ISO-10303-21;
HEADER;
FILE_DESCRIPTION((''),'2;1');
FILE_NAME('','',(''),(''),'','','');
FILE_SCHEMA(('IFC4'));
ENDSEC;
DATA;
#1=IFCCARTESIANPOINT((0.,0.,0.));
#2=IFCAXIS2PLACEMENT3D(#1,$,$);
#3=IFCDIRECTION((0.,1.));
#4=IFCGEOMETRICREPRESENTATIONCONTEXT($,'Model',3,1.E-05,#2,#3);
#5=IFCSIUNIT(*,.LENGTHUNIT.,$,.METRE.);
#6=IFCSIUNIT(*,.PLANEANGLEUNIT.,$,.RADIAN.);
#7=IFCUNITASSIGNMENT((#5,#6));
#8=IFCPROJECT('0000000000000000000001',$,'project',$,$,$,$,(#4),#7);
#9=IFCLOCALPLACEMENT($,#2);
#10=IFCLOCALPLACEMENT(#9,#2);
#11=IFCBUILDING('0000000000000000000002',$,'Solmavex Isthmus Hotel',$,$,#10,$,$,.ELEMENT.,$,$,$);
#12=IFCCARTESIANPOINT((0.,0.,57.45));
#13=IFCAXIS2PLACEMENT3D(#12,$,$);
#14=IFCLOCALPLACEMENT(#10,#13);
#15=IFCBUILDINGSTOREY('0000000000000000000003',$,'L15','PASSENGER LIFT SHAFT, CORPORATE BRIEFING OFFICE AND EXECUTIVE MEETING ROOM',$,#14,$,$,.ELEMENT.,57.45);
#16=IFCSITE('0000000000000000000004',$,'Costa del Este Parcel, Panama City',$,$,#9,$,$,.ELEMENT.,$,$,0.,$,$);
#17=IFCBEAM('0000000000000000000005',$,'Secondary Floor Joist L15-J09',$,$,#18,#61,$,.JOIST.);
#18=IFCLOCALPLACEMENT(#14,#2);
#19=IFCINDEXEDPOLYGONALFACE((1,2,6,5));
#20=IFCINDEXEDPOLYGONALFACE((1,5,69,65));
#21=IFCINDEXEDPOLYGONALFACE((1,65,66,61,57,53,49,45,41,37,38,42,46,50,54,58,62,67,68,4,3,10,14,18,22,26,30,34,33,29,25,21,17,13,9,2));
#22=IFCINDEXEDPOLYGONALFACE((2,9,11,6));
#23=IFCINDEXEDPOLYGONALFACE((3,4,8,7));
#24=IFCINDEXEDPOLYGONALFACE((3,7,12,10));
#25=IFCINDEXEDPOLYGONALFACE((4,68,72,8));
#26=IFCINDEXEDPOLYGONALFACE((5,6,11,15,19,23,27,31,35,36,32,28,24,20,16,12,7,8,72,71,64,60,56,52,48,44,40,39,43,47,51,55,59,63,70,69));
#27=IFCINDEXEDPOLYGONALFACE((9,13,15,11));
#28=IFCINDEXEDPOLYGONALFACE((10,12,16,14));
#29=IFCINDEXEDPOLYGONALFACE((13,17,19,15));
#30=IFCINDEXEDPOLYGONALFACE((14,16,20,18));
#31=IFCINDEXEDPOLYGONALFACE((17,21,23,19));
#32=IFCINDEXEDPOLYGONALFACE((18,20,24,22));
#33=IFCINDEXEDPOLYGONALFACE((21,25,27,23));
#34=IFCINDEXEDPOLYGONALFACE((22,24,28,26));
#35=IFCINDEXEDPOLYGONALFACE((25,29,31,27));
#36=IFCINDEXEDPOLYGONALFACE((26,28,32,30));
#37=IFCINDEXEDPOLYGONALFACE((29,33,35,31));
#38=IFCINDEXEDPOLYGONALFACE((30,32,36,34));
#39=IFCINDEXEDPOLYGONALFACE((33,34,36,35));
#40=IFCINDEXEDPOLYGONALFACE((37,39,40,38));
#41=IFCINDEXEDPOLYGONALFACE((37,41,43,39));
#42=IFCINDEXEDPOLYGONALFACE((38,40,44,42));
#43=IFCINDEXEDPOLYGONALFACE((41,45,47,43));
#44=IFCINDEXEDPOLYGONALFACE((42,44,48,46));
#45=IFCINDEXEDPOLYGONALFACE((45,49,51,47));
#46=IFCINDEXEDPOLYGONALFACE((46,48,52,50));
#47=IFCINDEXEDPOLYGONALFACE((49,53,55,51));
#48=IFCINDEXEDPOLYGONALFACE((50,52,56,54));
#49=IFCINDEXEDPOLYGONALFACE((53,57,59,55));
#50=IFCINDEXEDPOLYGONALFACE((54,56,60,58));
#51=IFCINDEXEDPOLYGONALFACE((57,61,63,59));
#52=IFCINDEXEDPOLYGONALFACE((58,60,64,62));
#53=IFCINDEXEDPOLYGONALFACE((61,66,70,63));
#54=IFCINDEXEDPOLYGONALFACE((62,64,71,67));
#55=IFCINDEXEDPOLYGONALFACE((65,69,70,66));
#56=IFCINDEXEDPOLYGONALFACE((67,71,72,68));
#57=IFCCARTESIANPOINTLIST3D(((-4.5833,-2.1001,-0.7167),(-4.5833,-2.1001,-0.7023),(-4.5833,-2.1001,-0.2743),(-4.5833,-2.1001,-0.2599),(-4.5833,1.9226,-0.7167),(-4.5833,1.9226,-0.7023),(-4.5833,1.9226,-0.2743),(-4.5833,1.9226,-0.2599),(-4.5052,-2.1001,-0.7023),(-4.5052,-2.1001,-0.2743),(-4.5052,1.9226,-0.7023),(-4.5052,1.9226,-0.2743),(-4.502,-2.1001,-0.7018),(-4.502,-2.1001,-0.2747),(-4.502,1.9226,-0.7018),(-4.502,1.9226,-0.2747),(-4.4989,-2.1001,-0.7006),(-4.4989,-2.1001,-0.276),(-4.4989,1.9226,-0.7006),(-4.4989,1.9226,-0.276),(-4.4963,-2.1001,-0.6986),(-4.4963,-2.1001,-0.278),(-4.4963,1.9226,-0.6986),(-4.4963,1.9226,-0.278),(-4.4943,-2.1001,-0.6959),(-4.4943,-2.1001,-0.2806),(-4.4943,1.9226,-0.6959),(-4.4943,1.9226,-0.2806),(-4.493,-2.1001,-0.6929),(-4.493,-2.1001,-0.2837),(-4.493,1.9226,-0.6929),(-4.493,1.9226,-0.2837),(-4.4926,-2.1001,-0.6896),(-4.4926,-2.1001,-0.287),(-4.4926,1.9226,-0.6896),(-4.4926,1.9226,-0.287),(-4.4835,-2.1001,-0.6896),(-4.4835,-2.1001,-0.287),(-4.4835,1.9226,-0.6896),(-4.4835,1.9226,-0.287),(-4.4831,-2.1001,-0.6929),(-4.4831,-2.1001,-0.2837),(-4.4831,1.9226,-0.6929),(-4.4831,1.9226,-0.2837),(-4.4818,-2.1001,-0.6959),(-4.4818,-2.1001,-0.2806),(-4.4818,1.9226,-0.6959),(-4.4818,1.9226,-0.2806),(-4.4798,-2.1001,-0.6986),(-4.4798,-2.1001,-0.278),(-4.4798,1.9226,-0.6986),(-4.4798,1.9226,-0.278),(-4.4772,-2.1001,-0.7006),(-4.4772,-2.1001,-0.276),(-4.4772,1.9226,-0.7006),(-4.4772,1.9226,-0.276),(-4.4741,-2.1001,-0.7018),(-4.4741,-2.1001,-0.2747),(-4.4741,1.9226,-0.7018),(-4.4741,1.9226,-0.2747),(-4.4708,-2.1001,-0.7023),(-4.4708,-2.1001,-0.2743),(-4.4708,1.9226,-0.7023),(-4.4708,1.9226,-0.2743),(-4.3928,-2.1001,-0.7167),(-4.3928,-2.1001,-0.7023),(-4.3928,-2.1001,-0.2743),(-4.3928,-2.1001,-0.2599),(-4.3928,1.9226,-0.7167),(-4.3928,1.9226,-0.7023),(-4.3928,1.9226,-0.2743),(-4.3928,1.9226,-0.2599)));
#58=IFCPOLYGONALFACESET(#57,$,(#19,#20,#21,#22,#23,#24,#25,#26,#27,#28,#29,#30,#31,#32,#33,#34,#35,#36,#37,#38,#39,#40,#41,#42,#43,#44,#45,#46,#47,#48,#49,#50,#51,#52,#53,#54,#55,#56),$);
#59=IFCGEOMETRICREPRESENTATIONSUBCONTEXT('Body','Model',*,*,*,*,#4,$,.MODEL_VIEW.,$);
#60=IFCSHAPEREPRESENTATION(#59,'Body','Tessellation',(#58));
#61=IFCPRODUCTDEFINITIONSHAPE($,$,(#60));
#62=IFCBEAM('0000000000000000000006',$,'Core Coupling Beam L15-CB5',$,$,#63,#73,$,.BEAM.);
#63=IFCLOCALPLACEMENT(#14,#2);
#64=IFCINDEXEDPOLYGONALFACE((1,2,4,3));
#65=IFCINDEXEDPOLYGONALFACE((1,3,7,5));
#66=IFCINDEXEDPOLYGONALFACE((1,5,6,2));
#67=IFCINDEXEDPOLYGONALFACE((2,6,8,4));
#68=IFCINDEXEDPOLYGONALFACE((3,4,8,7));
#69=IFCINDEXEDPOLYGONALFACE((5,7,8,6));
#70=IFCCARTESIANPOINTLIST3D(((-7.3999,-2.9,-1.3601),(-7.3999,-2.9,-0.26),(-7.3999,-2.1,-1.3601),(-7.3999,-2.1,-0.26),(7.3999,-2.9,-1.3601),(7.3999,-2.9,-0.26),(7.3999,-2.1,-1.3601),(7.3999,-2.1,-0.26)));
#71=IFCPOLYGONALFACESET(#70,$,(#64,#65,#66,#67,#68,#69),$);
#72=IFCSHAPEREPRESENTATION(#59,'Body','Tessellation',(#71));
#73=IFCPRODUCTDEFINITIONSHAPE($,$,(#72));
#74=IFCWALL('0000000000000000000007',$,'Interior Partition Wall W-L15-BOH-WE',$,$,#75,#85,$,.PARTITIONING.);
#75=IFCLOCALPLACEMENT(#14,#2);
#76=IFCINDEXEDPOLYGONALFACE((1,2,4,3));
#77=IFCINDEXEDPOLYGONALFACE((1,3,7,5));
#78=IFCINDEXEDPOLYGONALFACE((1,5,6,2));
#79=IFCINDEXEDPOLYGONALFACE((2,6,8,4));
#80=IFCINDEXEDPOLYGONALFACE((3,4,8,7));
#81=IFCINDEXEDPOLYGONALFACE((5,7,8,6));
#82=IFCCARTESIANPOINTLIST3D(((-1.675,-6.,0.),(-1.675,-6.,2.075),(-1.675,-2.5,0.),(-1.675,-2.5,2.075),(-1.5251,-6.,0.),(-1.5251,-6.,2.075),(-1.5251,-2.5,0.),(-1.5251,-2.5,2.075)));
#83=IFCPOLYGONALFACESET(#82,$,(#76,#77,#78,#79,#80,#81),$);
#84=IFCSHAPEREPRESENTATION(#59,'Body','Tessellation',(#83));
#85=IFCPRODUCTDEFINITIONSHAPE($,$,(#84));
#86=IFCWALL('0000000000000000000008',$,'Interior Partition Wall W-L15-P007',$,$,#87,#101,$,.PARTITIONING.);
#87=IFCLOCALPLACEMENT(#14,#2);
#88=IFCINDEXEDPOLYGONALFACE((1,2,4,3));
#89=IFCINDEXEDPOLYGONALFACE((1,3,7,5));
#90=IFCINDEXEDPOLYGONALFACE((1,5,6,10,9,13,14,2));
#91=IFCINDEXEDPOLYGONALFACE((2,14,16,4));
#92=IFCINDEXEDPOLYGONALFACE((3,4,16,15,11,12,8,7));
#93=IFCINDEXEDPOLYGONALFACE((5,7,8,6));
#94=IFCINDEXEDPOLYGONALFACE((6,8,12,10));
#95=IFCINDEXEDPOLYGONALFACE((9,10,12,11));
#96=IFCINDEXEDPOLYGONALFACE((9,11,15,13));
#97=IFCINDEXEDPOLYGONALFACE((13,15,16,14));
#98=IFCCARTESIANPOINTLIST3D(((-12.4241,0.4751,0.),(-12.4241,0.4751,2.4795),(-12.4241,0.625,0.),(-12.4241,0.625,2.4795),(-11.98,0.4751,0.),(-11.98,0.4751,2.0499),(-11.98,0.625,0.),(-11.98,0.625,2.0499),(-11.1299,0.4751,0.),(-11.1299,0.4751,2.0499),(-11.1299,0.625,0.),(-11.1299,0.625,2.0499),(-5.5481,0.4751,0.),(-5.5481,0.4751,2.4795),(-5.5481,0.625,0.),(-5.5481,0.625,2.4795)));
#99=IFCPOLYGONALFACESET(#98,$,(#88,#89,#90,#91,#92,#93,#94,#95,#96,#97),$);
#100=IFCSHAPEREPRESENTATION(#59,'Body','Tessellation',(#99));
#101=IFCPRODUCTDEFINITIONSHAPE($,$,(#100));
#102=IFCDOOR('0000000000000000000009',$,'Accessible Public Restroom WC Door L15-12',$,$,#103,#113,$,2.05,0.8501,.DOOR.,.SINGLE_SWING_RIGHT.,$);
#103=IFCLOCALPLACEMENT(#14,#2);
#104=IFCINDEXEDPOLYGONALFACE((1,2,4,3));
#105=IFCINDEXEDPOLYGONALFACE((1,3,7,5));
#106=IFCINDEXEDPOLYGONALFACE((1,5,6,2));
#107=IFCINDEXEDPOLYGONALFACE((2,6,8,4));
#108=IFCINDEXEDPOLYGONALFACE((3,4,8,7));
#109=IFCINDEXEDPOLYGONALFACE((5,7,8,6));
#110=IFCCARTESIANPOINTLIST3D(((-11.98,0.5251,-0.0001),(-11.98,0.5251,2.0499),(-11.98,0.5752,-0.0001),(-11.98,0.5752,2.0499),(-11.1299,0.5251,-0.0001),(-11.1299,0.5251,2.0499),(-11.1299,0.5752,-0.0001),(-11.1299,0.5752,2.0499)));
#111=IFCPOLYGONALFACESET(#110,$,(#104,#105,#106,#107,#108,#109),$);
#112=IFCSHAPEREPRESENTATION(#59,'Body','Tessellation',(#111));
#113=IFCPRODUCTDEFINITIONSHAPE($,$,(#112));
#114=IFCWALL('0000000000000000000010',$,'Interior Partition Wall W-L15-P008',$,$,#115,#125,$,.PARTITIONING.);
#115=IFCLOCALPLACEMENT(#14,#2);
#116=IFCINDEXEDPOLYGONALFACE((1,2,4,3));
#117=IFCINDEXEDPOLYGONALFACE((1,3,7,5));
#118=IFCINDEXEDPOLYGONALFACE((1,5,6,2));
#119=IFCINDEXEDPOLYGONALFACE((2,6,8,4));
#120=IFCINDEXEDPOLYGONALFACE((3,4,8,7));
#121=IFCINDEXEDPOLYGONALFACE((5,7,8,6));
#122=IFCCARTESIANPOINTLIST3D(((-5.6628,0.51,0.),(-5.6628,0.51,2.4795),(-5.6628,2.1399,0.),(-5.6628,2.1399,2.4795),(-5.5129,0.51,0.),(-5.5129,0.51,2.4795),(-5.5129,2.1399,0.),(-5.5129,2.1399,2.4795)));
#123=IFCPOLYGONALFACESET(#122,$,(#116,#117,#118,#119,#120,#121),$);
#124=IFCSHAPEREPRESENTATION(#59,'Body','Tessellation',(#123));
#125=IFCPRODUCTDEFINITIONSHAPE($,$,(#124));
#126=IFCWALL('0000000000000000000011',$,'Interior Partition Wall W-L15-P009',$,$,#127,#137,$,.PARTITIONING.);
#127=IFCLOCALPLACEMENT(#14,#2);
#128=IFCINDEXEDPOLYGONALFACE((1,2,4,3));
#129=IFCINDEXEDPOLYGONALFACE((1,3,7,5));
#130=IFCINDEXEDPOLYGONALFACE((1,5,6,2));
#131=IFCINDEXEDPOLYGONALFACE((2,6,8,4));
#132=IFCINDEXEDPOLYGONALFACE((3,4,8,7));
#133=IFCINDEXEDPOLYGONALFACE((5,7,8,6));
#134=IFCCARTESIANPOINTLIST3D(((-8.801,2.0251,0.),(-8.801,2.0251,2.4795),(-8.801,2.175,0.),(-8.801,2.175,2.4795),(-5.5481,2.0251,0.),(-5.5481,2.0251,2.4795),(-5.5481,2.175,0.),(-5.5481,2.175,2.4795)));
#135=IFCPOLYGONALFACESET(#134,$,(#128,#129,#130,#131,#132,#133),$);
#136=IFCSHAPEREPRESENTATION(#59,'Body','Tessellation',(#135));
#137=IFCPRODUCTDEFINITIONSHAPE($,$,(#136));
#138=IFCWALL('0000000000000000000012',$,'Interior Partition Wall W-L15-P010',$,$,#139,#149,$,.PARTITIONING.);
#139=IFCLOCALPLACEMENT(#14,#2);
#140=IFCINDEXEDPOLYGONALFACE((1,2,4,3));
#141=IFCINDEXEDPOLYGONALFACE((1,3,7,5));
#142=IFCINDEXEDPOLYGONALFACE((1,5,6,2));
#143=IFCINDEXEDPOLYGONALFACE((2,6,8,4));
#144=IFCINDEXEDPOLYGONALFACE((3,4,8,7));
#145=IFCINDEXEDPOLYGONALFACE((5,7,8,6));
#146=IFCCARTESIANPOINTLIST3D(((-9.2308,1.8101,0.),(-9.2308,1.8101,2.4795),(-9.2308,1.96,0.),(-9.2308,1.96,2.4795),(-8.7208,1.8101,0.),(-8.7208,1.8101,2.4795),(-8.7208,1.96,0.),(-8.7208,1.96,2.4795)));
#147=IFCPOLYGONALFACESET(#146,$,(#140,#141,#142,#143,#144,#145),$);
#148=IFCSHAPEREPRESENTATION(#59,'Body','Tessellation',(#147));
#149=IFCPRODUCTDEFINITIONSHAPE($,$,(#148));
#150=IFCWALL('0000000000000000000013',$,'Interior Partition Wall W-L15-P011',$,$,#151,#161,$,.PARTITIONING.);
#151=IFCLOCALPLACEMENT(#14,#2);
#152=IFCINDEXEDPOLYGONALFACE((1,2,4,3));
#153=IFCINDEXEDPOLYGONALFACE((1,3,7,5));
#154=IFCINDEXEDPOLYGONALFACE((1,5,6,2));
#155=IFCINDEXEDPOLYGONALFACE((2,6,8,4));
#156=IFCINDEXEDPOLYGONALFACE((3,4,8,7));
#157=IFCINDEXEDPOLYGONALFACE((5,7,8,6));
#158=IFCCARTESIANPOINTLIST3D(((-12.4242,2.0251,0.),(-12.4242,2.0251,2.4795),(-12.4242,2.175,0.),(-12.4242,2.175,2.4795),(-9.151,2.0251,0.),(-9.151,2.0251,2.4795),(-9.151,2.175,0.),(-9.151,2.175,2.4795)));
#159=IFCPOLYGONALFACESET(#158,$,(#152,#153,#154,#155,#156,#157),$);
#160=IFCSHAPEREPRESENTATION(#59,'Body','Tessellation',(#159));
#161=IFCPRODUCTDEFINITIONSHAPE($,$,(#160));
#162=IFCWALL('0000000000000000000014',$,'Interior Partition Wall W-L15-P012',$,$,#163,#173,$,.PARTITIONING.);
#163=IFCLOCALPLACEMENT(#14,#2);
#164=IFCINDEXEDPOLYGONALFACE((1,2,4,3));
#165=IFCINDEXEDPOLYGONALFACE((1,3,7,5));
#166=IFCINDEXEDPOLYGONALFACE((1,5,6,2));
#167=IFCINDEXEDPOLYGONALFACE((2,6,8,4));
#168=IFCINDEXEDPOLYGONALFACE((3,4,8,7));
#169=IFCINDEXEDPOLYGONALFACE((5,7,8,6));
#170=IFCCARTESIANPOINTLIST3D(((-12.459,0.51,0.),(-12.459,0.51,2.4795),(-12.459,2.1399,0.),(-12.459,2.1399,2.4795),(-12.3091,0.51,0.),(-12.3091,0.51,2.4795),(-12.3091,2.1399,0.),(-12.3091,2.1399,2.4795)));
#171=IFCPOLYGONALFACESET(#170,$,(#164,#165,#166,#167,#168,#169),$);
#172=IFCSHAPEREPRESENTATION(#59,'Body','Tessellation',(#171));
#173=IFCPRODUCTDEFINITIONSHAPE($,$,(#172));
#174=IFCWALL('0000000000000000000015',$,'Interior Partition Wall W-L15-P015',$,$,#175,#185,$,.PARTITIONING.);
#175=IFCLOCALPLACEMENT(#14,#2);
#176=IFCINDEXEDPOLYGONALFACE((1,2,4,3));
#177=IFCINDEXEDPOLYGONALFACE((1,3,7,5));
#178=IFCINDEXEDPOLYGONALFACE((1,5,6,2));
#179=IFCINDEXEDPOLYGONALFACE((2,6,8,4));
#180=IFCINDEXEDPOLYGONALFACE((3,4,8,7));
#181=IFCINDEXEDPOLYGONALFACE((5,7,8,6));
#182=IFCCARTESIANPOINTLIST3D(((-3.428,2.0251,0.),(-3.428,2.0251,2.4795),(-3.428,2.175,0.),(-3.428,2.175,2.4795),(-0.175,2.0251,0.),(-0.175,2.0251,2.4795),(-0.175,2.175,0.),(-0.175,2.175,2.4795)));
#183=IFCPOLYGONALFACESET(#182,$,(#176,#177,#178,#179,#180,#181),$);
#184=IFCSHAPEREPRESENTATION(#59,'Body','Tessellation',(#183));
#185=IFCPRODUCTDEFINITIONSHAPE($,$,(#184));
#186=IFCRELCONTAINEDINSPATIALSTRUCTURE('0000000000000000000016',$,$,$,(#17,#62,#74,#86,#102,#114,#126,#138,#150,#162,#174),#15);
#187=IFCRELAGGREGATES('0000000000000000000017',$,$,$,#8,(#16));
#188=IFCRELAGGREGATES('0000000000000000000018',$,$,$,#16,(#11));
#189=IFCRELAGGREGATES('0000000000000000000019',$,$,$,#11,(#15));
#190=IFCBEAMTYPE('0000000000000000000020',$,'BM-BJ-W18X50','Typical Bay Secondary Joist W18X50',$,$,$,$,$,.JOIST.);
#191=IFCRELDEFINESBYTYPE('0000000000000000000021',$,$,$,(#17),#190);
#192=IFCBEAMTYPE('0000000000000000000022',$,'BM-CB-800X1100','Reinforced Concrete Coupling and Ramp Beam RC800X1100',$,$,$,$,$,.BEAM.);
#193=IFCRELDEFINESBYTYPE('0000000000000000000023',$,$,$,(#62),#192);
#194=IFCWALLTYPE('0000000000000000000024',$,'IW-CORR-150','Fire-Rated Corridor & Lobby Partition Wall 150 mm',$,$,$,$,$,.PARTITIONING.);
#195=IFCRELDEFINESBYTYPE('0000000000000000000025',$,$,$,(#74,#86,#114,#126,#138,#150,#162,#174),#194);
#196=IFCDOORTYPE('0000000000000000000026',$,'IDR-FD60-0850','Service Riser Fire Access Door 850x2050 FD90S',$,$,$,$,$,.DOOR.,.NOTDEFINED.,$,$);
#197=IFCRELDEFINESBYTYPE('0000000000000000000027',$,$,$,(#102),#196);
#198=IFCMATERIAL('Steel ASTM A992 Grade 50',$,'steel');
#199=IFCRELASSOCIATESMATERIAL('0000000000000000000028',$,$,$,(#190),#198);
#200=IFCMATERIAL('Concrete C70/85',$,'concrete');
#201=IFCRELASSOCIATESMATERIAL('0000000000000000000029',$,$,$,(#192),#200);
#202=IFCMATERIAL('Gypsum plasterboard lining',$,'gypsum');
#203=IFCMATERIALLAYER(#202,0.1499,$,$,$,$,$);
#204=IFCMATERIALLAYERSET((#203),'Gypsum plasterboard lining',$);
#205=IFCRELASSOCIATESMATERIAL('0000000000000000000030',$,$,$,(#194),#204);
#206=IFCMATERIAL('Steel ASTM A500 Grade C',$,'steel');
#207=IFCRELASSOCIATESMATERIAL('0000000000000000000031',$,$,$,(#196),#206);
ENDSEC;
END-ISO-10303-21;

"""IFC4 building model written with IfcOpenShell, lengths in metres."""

from ifc_helpers import new_model, si_unit, direction, frame, frame_2d, origin, origin_2d, place, context, subcontext, project, spatial, rectangle, i_section, extrude, material, layer, layer_set, material_profile, profile_set, type_object, element, fill, save


model = new_model("IFC4")

# Units and contexts
model_context = context("Model", 3, precision=1e-05, world=origin(), true_north=direction((0.0, 1.0)))
body_context = subcontext(model_context, "Body", "Model", "MODEL_VIEW")
ifc_project = project(units=[si_unit("LENGTHUNIT", "METRE"), si_unit("PLANEANGLEUNIT", "RADIAN")], contexts=[model_context])

# Site, building, storey
site_placement = place(None, origin())
site = spatial("IfcSite", under=ifc_project, at=site_placement, Name="Costa del Este Parcel, Panama City", CompositionType="ELEMENT", RefElevation=0.0)
building_placement = place(site_placement, origin())
building = spatial("IfcBuilding", under=site, at=building_placement, Name="Solmavex Isthmus Hotel", CompositionType="ELEMENT")
storey_placement = place(building_placement, frame((0.0, 0.0, 57.45)))
storey = spatial("IfcBuildingStorey", under=building, at=storey_placement, Name="L15", Description="PASSENGER LIFT SHAFT, CORPORATE BRIEFING OFFICE AND EXECUTIVE MEETING ROOM", CompositionType="ELEMENT", Elevation=57.45)

# Shared definitions
ifc_material_1 = material(Name="Concrete C70/85", Category="concrete")

# Beams
ifc_material_2 = material(Name="Steel ASTM A992 Grade 50", Category="steel")
ifc_material_profile_1 = material_profile(ifc_material_2, i_section(OverallWidth=0.1904, OverallDepth=0.4568, WebThickness=0.009, FlangeThickness=0.0144, FilletRadius=0.0127, at=origin_2d()), Name="W18X50")
ifc_profile_set_1 = profile_set([ifc_material_profile_1], Name="Steel ASTM A992 Grade 50")
beam_type_1 = type_object("IfcBeamType", Name="BM-BJ-W18X50", Description="Typical Bay Secondary Joist W18X50", PredefinedType="JOIST", material=ifc_profile_set_1)
beam_1_placement = place(storey_placement, frame((-4.488, -2.1001, -0.4883), z_axis=(0.0, 1.0, 0.0), x_axis=(-1.0, 0.0, 0.0)))
element("IfcBeam", 1, at=beam_1_placement, inside=storey, type_object=beam_type_1, Name="Secondary Floor Joist L15-J09", PredefinedType="JOIST", context=body_context, shape_type="SweptSolid", body=[
    extrude(i_section(OverallWidth=0.1904, OverallDepth=0.4568, WebThickness=0.009, FlangeThickness=0.0144, FilletRadius=0.0127, at=origin_2d()), origin(), (0.0, 0.0, 1.0), 4.0227),
])
ifc_material_profile_2 = material_profile(ifc_material_1, rectangle(XDim=0.8, YDim=1.1001, at=origin_2d()), Name="RC800X1100")
ifc_profile_set_2 = profile_set([ifc_material_profile_2], Name="Concrete C70/85")
beam_type_2 = type_object("IfcBeamType", Name="BM-CB-800X1100", Description="Reinforced Concrete Coupling and Ramp Beam RC800X1100", PredefinedType="BEAM", material=ifc_profile_set_2)
beam_2_placement = place(storey_placement, frame((-7.3999, -2.5, -0.8101), z_axis=(1.0, 0.0, 0.0), x_axis=(0.0, 1.0, 0.0)))
element("IfcBeam", 2, at=beam_2_placement, inside=storey, type_object=beam_type_2, Name="Core Coupling Beam L15-CB5", PredefinedType="BEAM", context=body_context, shape_type="SweptSolid", body=[
    extrude(rectangle(XDim=0.8, YDim=1.1001, at=origin_2d()), origin(), (0.0, 0.0, 1.0), 14.7998),
])

# Wall
ifc_material_3 = material(Name="Gypsum plasterboard lining", Category="gypsum")
ifc_layer_1 = layer(ifc_material_3, 0.1499)
ifc_layer_set_1 = layer_set([ifc_layer_1], Name="Gypsum plasterboard lining")
wall_type_1 = type_object("IfcWallType", Name="IW-CORR-150", Description="Fire-Rated Corridor & Lobby Partition Wall 150 mm", PredefinedType="PARTITIONING", material=ifc_layer_set_1)
wall_1_placement = place(storey_placement, frame((-1.6001, -6.0, 0.0), z_axis=(0.0, 0.0, 1.0), x_axis=(0.0, 1.0, 0.0)))
element("IfcWall", 3, at=wall_1_placement, inside=storey, type_object=wall_type_1, Name="Interior Partition Wall W-L15-BOH-WE", PredefinedType="PARTITIONING", context=body_context, shape_type="SweptSolid", body=[
    extrude(rectangle(XDim=3.5, YDim=0.1499, at=frame_2d((1.75, 0.0))), origin(), (0.0, 0.0, 1.0), 2.075),
])

# Wall, opening, door
wall_2_placement = place(storey_placement, frame((-12.4241, 0.55, 0.0), z_axis=(0.0, 0.0, 1.0), x_axis=(1.0, 0.0, 0.0)))
wall_2 = element("IfcWall", 4, at=wall_2_placement, inside=storey, type_object=wall_type_1, Name="Interior Partition Wall W-L15-P007", PredefinedType="PARTITIONING", context=body_context, shape_type="SweptSolid", body=[
    extrude(rectangle(XDim=6.876, YDim=0.1499, at=frame_2d((3.438, 0.0))), origin(), (0.0, 0.0, 1.0), 2.4795),
])
opening_1_placement = place(wall_2_placement, frame((0.4441, 0.0, 0.0)))
opening_1 = element("IfcOpeningElement", 5, at=opening_1_placement, cuts=wall_2, PredefinedType="OPENING", context=body_context, shape_type="SweptSolid", body=[
    extrude(rectangle(XDim=0.8501, YDim=2.05, at=frame_2d((0.425, 1.0249))), frame((0.0, 0.085, 0.0), z_axis=(0.0, -1.0, 0.0), x_axis=(1.0, 0.0, 0.0)), (0.0, 0.0, 1.0), 0.1699),
])
ifc_material_4 = material(Name="Steel ASTM A500 Grade C", Category="steel")
door_type_1 = type_object("IfcDoorType", Name="IDR-FD60-0850", Description="Service Riser Fire Access Door 850x2050 FD90S", OperationType="NOTDEFINED", PredefinedType="DOOR", material=ifc_material_4)
door_1_placement = place(opening_1_placement, frame((0.8501, 0.0, 0.0), z_axis=(0.0, 0.0, 1.0), x_axis=(-1.0, 0.0, 0.0)))
door_1 = element("IfcDoor", 6, at=door_1_placement, inside=storey, type_object=door_type_1, Name="Accessible Public Restroom WC Door L15-12", OperationType="SINGLE_SWING_RIGHT", OverallHeight=2.05, OverallWidth=0.8501, PredefinedType="DOOR", context=body_context, shape_type="SweptSolid", body=[
    extrude(rectangle(XDim=0.8501, YDim=2.05, at=frame_2d((0.425, 1.0249))), frame((0.0, 0.0249, 0.0), z_axis=(0.0, -1.0, 0.0), x_axis=(1.0, 0.0, 0.0)), (0.0, 0.0, 1.0), 0.05),
])
fill(opening_1, door_1)

# Walls
wall_3_placement = place(storey_placement, frame((-5.5879, 0.51, 0.0), z_axis=(0.0, 0.0, 1.0), x_axis=(0.0, 1.0, 0.0)))
element("IfcWall", 7, at=wall_3_placement, inside=storey, type_object=wall_type_1, Name="Interior Partition Wall W-L15-P008", PredefinedType="PARTITIONING", context=body_context, shape_type="SweptSolid", body=[
    extrude(rectangle(XDim=1.6299, YDim=0.1499, at=frame_2d((0.8149, 0.0))), origin(), (0.0, 0.0, 1.0), 2.4795),
])
wall_4_placement = place(storey_placement, frame((-5.5481, 2.1001, 0.0), z_axis=(0.0, 0.0, 1.0), x_axis=(-1.0, 0.0, 0.0)))
element("IfcWall", 8, at=wall_4_placement, inside=storey, type_object=wall_type_1, Name="Interior Partition Wall W-L15-P009", PredefinedType="PARTITIONING", context=body_context, shape_type="SweptSolid", body=[
    extrude(rectangle(XDim=3.2529, YDim=0.1499, at=frame_2d((1.6265, 0.0))), origin(), (0.0, 0.0, 1.0), 2.4795),
])
wall_5_placement = place(storey_placement, frame((-8.7209, 1.885, 0.0), z_axis=(0.0, 0.0, 1.0), x_axis=(-1.0, 0.0, 0.0)))
element("IfcWall", 9, at=wall_5_placement, inside=storey, type_object=wall_type_1, Name="Interior Partition Wall W-L15-P010", PredefinedType="PARTITIONING", context=body_context, shape_type="SweptSolid", body=[
    extrude(rectangle(XDim=0.51, YDim=0.1499, at=frame_2d((0.2549, 0.0))), origin(), (0.0, 0.0, 1.0), 2.4795),
])
wall_6_placement = place(storey_placement, frame((-9.1509, 2.1001, 0.0), z_axis=(0.0, 0.0, 1.0), x_axis=(-1.0, 0.0, 0.0)))
element("IfcWall", 10, at=wall_6_placement, inside=storey, type_object=wall_type_1, Name="Interior Partition Wall W-L15-P011", PredefinedType="PARTITIONING", context=body_context, shape_type="SweptSolid", body=[
    extrude(rectangle(XDim=3.2732, YDim=0.1499, at=frame_2d((1.6367, 0.0))), origin(), (0.0, 0.0, 1.0), 2.4795),
])
wall_7_placement = place(storey_placement, frame((-12.384, 2.1399, 0.0), z_axis=(0.0, 0.0, 1.0), x_axis=(0.0, -1.0, 0.0)))
element("IfcWall", 11, at=wall_7_placement, inside=storey, type_object=wall_type_1, Name="Interior Partition Wall W-L15-P012", PredefinedType="PARTITIONING", context=body_context, shape_type="SweptSolid", body=[
    extrude(rectangle(XDim=1.6299, YDim=0.1499, at=frame_2d((0.8149, 0.0))), origin(), (0.0, 0.0, 1.0), 2.4795),
])
wall_8_placement = place(storey_placement, frame((-0.175, 2.1001, 0.0), z_axis=(0.0, 0.0, 1.0), x_axis=(-1.0, 0.0, 0.0)))
element("IfcWall", 12, at=wall_8_placement, inside=storey, type_object=wall_type_1, Name="Interior Partition Wall W-L15-P015", PredefinedType="PARTITIONING", context=body_context, shape_type="SweptSolid", body=[
    extrude(rectangle(XDim=3.2529, YDim=0.1499, at=frame_2d((1.6265, 0.0))), origin(), (0.0, 0.0, 1.0), 2.4795),
])

save(model, "model.ifc")
